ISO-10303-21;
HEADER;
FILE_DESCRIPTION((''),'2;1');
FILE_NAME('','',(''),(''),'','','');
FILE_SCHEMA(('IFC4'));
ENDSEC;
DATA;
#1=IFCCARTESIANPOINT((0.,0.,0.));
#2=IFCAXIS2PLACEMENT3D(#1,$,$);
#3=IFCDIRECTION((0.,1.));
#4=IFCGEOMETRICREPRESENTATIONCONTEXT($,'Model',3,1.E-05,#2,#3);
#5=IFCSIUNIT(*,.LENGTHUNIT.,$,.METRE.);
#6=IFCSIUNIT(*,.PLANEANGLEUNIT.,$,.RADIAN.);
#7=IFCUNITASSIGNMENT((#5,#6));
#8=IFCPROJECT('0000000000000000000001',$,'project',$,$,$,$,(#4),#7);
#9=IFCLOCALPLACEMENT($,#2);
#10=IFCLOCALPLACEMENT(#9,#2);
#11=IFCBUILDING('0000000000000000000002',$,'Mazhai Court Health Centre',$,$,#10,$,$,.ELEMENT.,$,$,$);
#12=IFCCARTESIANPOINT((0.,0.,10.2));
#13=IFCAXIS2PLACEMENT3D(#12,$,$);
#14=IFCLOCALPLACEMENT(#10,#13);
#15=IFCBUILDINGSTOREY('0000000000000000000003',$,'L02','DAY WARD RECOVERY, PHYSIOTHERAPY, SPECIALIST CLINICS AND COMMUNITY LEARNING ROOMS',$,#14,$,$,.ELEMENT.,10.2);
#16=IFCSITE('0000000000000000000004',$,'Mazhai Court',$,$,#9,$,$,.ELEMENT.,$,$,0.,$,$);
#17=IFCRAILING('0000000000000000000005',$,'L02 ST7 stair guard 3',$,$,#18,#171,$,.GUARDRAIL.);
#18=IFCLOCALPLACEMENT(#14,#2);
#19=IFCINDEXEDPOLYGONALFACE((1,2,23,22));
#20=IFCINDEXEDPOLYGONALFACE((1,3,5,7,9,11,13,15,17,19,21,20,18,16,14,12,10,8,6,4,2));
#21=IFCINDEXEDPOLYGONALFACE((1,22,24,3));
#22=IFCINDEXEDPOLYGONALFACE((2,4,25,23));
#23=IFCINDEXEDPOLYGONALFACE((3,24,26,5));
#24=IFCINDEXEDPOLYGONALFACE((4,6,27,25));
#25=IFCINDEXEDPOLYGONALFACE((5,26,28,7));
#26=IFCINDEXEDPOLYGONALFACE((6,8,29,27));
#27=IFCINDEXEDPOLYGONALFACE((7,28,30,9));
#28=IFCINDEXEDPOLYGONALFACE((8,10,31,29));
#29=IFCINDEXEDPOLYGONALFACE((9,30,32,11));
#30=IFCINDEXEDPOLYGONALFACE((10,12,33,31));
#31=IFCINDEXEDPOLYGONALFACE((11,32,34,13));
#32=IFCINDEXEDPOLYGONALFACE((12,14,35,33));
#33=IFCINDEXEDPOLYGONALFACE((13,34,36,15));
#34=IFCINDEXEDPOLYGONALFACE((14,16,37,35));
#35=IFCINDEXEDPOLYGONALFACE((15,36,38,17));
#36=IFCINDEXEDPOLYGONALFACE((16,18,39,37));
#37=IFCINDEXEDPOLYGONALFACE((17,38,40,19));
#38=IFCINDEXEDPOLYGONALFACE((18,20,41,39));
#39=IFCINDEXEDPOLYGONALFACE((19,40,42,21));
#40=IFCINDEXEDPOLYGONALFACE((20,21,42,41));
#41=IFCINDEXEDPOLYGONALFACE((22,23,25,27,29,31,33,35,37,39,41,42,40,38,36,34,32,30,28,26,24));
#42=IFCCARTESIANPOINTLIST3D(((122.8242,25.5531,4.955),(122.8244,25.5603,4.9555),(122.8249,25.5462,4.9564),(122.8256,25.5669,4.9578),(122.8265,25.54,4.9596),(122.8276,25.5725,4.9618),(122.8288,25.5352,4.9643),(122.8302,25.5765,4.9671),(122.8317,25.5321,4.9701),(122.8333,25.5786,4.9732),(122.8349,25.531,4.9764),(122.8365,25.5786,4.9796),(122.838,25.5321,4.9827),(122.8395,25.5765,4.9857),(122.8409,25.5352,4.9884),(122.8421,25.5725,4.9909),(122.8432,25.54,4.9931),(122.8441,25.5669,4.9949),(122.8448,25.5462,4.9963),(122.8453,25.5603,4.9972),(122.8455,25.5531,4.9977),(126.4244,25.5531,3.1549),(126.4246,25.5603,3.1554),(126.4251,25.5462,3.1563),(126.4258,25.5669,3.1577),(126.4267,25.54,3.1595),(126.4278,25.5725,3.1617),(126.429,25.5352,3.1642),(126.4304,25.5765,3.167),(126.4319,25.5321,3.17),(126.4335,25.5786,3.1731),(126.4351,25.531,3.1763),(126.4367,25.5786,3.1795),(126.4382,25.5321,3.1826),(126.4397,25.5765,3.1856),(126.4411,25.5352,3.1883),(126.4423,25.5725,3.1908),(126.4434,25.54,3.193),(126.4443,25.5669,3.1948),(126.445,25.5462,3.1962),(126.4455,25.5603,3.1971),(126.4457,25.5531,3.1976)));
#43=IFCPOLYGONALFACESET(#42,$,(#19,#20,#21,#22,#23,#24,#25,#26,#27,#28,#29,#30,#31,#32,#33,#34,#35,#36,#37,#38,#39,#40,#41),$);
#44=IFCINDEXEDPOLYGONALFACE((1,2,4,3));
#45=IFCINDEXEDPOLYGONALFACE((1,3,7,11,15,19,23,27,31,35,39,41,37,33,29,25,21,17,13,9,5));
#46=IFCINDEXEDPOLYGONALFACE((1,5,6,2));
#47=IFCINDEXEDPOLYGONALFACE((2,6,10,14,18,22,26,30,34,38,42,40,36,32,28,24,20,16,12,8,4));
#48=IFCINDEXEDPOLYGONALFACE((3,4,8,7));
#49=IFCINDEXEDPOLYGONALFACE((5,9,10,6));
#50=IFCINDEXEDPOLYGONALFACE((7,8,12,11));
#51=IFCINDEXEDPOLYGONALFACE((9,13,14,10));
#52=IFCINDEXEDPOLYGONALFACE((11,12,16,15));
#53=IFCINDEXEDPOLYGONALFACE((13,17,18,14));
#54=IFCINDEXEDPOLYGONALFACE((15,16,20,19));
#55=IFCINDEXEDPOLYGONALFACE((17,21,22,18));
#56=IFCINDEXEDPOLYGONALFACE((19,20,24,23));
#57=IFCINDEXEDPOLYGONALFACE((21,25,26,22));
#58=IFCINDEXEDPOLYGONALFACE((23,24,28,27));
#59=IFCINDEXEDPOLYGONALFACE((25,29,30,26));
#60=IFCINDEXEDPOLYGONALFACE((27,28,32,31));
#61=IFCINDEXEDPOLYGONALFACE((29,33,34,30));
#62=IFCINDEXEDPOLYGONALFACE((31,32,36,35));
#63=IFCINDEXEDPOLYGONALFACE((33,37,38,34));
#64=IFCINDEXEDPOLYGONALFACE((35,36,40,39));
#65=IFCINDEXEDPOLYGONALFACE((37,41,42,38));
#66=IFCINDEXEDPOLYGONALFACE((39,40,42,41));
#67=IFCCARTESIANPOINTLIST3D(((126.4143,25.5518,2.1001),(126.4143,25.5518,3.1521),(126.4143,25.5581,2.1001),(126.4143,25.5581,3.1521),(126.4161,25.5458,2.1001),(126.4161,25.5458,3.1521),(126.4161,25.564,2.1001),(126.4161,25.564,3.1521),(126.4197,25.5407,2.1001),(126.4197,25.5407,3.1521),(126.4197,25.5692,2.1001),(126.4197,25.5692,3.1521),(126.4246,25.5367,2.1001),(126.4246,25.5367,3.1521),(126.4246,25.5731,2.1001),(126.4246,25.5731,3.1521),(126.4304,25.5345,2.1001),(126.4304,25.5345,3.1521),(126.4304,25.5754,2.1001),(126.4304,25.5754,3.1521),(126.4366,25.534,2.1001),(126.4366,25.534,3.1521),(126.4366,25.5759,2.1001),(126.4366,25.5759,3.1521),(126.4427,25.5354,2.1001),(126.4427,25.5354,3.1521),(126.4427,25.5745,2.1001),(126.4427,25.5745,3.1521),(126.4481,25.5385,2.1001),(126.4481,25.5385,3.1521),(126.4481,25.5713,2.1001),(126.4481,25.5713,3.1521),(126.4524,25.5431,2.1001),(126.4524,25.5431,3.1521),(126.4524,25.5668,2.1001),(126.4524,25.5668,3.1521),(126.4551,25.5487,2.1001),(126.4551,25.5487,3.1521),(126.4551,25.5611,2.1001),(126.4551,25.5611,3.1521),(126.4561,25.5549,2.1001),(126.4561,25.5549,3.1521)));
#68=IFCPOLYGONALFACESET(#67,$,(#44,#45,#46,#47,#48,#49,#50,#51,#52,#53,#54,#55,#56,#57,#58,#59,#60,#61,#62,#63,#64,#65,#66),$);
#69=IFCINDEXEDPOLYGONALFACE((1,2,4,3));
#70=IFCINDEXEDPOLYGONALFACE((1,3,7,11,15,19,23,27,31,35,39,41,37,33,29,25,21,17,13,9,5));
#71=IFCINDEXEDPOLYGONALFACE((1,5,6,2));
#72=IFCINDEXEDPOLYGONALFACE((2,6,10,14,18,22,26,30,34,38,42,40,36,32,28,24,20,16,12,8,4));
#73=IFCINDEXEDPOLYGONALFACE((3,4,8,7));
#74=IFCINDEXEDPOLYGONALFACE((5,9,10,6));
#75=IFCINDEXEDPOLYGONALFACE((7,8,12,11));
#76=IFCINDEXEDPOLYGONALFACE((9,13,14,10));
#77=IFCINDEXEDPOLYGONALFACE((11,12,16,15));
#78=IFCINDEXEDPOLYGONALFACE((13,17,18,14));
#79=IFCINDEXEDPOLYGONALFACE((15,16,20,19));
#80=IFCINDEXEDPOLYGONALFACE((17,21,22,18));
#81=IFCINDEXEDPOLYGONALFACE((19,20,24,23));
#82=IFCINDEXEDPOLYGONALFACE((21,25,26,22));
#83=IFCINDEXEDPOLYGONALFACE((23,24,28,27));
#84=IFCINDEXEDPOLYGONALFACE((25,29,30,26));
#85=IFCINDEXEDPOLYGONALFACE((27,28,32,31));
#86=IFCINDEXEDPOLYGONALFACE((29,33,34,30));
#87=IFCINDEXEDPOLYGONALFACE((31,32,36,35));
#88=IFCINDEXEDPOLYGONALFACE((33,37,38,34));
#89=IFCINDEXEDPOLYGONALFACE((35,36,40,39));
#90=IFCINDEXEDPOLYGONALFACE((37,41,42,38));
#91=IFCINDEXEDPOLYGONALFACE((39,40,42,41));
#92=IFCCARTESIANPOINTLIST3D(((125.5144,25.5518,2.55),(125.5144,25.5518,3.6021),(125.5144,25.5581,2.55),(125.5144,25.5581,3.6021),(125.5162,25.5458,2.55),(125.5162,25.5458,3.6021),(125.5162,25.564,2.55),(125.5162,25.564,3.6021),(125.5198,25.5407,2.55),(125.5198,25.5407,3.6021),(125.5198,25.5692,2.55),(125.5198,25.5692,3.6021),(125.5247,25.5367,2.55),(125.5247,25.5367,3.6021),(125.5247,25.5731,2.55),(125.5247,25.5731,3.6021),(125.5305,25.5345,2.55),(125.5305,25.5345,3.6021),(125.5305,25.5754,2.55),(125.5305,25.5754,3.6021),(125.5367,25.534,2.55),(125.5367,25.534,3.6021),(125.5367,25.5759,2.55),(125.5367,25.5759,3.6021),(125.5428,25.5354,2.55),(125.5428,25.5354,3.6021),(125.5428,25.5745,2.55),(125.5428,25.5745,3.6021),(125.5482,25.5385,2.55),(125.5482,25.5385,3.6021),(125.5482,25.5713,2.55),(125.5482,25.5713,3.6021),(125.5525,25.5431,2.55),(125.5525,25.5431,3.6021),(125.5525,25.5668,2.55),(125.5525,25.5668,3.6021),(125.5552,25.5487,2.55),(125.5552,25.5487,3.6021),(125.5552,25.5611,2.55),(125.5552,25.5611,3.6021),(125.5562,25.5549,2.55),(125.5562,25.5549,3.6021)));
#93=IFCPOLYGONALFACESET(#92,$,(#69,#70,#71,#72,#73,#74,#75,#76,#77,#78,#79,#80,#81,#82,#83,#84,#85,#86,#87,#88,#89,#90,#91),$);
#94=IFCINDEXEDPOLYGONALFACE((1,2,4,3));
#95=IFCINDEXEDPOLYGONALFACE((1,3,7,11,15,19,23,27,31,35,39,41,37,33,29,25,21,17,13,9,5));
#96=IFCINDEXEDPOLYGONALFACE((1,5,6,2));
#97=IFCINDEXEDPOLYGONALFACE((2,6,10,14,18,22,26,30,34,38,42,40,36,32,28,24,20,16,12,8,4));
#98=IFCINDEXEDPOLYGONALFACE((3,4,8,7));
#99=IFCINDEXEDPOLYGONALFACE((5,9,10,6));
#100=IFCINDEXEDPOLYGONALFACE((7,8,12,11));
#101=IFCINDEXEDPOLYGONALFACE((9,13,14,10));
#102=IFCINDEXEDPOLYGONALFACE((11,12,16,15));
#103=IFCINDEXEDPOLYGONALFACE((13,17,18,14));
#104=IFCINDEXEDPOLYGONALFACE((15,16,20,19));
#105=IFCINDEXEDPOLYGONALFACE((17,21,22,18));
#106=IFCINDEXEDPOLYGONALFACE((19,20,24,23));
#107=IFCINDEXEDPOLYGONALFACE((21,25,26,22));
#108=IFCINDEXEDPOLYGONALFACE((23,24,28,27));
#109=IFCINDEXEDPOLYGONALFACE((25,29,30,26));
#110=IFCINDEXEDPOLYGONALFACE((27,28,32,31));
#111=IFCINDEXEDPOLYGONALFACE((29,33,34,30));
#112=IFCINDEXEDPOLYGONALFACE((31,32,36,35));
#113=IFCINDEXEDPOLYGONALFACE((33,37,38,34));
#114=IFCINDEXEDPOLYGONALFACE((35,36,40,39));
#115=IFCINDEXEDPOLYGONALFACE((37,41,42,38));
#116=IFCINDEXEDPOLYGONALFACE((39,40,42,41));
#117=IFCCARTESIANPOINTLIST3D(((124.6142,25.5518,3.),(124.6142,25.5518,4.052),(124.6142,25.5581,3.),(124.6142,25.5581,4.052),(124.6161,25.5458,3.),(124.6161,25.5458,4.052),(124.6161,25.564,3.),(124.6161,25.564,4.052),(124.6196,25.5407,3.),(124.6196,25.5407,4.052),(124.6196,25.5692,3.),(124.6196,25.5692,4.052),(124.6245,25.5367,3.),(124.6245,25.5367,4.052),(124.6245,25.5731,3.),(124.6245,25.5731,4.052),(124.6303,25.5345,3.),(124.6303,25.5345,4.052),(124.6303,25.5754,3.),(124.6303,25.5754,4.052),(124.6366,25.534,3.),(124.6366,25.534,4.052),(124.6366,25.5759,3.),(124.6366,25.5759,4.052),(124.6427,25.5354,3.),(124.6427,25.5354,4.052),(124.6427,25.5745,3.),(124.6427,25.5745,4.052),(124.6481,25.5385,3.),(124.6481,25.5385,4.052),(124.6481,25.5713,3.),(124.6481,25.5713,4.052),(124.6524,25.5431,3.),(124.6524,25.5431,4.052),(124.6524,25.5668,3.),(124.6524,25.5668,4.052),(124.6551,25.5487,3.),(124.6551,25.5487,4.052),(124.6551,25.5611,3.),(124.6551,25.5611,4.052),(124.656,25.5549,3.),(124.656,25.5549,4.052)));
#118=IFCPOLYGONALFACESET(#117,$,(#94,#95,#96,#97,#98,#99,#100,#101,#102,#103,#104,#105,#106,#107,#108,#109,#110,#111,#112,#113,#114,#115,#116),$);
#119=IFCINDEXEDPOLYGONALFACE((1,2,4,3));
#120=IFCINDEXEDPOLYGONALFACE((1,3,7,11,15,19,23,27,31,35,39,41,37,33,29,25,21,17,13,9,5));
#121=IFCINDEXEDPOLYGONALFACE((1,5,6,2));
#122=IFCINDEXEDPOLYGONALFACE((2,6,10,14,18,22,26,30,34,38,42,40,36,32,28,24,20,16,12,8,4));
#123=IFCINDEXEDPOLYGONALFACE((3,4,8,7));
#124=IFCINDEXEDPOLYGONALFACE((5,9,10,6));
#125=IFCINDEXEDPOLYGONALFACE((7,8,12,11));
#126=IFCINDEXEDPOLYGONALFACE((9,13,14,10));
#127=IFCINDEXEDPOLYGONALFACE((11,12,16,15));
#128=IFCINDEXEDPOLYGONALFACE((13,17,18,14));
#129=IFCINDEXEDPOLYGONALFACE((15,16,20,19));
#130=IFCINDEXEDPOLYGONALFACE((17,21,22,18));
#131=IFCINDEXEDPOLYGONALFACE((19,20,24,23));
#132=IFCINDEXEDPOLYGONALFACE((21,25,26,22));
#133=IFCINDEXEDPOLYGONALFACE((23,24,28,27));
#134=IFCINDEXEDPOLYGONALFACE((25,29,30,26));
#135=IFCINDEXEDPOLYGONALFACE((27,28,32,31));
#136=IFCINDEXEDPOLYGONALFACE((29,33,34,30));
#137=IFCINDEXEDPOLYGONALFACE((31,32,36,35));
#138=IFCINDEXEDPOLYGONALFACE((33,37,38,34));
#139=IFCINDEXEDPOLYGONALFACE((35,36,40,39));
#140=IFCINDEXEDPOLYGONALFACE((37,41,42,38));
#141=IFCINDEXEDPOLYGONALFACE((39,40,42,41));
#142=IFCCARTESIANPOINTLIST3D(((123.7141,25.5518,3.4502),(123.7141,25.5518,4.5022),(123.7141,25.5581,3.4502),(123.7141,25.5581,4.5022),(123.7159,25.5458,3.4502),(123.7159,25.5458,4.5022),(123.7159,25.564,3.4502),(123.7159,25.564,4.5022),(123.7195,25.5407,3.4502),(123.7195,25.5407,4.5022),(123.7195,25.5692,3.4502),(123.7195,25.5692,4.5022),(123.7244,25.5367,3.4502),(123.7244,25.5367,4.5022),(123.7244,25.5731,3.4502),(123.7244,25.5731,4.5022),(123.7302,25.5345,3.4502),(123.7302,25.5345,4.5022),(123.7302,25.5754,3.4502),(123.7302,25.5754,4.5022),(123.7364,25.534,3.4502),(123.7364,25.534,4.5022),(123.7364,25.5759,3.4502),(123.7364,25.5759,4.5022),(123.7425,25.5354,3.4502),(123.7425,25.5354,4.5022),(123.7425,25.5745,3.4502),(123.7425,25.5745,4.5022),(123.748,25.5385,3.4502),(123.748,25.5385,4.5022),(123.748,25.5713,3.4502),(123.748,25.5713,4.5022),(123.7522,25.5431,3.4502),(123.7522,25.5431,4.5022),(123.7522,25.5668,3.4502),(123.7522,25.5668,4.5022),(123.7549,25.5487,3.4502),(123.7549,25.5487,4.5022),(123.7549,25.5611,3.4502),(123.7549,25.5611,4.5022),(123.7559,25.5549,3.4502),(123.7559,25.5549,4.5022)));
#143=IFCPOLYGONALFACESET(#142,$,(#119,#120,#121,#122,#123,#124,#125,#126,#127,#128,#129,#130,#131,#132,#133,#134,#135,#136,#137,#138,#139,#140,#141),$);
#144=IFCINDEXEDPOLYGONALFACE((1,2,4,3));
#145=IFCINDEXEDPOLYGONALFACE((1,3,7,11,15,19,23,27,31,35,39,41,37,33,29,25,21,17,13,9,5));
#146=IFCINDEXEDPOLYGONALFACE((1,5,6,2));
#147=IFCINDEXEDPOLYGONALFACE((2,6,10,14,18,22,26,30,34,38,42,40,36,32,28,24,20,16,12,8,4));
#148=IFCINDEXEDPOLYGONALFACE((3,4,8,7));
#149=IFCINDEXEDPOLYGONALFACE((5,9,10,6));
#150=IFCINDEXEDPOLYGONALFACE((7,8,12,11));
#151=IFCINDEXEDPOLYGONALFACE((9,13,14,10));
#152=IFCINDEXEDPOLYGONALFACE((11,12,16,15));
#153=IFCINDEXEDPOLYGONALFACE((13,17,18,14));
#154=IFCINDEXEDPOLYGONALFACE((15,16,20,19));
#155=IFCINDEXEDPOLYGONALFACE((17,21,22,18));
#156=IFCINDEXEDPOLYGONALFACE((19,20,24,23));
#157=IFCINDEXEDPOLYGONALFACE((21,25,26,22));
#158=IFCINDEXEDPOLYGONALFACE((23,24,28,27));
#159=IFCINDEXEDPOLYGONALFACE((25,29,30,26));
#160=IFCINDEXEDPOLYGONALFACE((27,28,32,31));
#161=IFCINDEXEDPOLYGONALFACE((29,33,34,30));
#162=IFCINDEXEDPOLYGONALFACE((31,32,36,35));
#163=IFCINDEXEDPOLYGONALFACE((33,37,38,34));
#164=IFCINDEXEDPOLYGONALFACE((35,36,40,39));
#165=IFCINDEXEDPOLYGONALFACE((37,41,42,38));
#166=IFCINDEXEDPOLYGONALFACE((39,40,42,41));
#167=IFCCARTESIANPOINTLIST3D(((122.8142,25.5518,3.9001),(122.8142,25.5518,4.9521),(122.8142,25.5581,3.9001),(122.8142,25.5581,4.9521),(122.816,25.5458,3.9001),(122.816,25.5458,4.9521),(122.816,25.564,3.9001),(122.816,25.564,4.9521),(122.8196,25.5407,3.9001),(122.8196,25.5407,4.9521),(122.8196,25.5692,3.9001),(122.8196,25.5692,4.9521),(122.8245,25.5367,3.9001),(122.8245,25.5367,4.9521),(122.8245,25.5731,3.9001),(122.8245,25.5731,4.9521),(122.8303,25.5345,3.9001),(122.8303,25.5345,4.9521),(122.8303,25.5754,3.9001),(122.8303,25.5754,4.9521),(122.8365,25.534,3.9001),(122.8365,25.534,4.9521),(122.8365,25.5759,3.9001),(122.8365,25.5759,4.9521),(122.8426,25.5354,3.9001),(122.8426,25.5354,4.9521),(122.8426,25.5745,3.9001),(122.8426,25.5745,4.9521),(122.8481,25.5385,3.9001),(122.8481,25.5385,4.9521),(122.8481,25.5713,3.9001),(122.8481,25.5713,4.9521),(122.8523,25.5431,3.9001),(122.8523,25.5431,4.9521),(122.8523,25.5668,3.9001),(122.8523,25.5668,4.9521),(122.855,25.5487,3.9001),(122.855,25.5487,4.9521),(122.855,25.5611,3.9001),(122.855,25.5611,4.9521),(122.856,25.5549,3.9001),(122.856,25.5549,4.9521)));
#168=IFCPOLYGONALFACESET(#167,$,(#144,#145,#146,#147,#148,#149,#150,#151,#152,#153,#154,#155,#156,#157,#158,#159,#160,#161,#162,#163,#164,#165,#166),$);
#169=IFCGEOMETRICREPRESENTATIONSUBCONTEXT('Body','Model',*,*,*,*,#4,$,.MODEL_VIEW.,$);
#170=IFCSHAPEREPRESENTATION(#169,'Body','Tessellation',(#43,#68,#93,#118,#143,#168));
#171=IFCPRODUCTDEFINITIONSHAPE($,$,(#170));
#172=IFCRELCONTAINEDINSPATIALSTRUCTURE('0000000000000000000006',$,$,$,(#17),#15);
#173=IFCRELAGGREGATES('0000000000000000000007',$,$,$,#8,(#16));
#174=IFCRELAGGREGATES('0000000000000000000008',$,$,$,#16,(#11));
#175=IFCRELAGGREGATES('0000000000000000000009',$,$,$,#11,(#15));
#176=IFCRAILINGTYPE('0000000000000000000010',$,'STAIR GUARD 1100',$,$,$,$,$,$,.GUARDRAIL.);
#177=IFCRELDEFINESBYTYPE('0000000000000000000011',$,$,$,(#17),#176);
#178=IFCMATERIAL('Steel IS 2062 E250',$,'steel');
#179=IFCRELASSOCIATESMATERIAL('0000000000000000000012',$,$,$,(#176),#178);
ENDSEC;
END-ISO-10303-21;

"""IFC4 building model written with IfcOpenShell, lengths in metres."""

from ifc_helpers import new_model, si_unit, direction, frame, origin, origin_2d, place, context, subcontext, project, spatial, circle, extrude, material, type_object, element, save


model = new_model("IFC4")

# Units and contexts
model_context = context("Model", 3, precision=1e-05, world=origin(), true_north=direction((0.0, 1.0)))
body_context = subcontext(model_context, "Body", "Model", "MODEL_VIEW")
ifc_project = project(units=[si_unit("LENGTHUNIT", "METRE"), si_unit("PLANEANGLEUNIT", "RADIAN")], contexts=[model_context])

# Site, building, storey
site_placement = place(None, origin())
site = spatial("IfcSite", under=ifc_project, at=site_placement, Name="Mazhai Court", CompositionType="ELEMENT", RefElevation=0.0)
building_placement = place(site_placement, origin())
building = spatial("IfcBuilding", under=site, at=building_placement, Name="Mazhai Court Health Centre", CompositionType="ELEMENT")
storey_placement = place(building_placement, frame((0.0, 0.0, 10.2)))
storey = spatial("IfcBuildingStorey", under=building, at=storey_placement, Name="L02", Description="DAY WARD RECOVERY, PHYSIOTHERAPY, SPECIALIST CLINICS AND COMMUNITY LEARNING ROOMS", CompositionType="ELEMENT", Elevation=10.2)

# Railing
ifc_material_1 = material(Name="Steel IS 2062 E250", Category="steel")
railing_type_1 = type_object("IfcRailingType", Name="STAIR GUARD 1100", PredefinedType="GUARDRAIL", material=ifc_material_1)
railing_1_placement = place(storey_placement, frame((126.4351, 25.5549, 2.1001)))
element("IfcRailing", 1, at=railing_1_placement, inside=storey, type_object=railing_type_1, Name="L02 ST7 stair guard 3", PredefinedType="GUARDRAIL", context=body_context, shape_type="SweptSolid", body=[
    extrude(circle(Radius=0.0239, at=origin_2d()), frame((0.0, 0.0, 1.0762), z_axis=(-0.894427, 0.0, 0.447214), x_axis=(0.0, -1.0, 0.0)), (0.0, 0.0, 1.0), 4.0251),
    extrude(circle(Radius=0.021, at=origin_2d()), origin(), (0.0, 0.0, 1.0), 1.052),
    extrude(circle(Radius=0.021, at=origin_2d()), frame((-0.8999, 0.0, 0.45)), (0.0, 0.0, 1.0), 1.052),
    extrude(circle(Radius=0.021, at=origin_2d()), frame((-1.8, 0.0, 0.8999)), (0.0, 0.0, 1.0), 1.052),
    extrude(circle(Radius=0.021, at=origin_2d()), frame((-2.7002, 0.0, 1.3501)), (0.0, 0.0, 1.0), 1.052),
    extrude(circle(Radius=0.021, at=origin_2d()), frame((-3.6001, 0.0, 1.8)), (0.0, 0.0, 1.0), 1.052),
])

save(model, "model.ifc")
